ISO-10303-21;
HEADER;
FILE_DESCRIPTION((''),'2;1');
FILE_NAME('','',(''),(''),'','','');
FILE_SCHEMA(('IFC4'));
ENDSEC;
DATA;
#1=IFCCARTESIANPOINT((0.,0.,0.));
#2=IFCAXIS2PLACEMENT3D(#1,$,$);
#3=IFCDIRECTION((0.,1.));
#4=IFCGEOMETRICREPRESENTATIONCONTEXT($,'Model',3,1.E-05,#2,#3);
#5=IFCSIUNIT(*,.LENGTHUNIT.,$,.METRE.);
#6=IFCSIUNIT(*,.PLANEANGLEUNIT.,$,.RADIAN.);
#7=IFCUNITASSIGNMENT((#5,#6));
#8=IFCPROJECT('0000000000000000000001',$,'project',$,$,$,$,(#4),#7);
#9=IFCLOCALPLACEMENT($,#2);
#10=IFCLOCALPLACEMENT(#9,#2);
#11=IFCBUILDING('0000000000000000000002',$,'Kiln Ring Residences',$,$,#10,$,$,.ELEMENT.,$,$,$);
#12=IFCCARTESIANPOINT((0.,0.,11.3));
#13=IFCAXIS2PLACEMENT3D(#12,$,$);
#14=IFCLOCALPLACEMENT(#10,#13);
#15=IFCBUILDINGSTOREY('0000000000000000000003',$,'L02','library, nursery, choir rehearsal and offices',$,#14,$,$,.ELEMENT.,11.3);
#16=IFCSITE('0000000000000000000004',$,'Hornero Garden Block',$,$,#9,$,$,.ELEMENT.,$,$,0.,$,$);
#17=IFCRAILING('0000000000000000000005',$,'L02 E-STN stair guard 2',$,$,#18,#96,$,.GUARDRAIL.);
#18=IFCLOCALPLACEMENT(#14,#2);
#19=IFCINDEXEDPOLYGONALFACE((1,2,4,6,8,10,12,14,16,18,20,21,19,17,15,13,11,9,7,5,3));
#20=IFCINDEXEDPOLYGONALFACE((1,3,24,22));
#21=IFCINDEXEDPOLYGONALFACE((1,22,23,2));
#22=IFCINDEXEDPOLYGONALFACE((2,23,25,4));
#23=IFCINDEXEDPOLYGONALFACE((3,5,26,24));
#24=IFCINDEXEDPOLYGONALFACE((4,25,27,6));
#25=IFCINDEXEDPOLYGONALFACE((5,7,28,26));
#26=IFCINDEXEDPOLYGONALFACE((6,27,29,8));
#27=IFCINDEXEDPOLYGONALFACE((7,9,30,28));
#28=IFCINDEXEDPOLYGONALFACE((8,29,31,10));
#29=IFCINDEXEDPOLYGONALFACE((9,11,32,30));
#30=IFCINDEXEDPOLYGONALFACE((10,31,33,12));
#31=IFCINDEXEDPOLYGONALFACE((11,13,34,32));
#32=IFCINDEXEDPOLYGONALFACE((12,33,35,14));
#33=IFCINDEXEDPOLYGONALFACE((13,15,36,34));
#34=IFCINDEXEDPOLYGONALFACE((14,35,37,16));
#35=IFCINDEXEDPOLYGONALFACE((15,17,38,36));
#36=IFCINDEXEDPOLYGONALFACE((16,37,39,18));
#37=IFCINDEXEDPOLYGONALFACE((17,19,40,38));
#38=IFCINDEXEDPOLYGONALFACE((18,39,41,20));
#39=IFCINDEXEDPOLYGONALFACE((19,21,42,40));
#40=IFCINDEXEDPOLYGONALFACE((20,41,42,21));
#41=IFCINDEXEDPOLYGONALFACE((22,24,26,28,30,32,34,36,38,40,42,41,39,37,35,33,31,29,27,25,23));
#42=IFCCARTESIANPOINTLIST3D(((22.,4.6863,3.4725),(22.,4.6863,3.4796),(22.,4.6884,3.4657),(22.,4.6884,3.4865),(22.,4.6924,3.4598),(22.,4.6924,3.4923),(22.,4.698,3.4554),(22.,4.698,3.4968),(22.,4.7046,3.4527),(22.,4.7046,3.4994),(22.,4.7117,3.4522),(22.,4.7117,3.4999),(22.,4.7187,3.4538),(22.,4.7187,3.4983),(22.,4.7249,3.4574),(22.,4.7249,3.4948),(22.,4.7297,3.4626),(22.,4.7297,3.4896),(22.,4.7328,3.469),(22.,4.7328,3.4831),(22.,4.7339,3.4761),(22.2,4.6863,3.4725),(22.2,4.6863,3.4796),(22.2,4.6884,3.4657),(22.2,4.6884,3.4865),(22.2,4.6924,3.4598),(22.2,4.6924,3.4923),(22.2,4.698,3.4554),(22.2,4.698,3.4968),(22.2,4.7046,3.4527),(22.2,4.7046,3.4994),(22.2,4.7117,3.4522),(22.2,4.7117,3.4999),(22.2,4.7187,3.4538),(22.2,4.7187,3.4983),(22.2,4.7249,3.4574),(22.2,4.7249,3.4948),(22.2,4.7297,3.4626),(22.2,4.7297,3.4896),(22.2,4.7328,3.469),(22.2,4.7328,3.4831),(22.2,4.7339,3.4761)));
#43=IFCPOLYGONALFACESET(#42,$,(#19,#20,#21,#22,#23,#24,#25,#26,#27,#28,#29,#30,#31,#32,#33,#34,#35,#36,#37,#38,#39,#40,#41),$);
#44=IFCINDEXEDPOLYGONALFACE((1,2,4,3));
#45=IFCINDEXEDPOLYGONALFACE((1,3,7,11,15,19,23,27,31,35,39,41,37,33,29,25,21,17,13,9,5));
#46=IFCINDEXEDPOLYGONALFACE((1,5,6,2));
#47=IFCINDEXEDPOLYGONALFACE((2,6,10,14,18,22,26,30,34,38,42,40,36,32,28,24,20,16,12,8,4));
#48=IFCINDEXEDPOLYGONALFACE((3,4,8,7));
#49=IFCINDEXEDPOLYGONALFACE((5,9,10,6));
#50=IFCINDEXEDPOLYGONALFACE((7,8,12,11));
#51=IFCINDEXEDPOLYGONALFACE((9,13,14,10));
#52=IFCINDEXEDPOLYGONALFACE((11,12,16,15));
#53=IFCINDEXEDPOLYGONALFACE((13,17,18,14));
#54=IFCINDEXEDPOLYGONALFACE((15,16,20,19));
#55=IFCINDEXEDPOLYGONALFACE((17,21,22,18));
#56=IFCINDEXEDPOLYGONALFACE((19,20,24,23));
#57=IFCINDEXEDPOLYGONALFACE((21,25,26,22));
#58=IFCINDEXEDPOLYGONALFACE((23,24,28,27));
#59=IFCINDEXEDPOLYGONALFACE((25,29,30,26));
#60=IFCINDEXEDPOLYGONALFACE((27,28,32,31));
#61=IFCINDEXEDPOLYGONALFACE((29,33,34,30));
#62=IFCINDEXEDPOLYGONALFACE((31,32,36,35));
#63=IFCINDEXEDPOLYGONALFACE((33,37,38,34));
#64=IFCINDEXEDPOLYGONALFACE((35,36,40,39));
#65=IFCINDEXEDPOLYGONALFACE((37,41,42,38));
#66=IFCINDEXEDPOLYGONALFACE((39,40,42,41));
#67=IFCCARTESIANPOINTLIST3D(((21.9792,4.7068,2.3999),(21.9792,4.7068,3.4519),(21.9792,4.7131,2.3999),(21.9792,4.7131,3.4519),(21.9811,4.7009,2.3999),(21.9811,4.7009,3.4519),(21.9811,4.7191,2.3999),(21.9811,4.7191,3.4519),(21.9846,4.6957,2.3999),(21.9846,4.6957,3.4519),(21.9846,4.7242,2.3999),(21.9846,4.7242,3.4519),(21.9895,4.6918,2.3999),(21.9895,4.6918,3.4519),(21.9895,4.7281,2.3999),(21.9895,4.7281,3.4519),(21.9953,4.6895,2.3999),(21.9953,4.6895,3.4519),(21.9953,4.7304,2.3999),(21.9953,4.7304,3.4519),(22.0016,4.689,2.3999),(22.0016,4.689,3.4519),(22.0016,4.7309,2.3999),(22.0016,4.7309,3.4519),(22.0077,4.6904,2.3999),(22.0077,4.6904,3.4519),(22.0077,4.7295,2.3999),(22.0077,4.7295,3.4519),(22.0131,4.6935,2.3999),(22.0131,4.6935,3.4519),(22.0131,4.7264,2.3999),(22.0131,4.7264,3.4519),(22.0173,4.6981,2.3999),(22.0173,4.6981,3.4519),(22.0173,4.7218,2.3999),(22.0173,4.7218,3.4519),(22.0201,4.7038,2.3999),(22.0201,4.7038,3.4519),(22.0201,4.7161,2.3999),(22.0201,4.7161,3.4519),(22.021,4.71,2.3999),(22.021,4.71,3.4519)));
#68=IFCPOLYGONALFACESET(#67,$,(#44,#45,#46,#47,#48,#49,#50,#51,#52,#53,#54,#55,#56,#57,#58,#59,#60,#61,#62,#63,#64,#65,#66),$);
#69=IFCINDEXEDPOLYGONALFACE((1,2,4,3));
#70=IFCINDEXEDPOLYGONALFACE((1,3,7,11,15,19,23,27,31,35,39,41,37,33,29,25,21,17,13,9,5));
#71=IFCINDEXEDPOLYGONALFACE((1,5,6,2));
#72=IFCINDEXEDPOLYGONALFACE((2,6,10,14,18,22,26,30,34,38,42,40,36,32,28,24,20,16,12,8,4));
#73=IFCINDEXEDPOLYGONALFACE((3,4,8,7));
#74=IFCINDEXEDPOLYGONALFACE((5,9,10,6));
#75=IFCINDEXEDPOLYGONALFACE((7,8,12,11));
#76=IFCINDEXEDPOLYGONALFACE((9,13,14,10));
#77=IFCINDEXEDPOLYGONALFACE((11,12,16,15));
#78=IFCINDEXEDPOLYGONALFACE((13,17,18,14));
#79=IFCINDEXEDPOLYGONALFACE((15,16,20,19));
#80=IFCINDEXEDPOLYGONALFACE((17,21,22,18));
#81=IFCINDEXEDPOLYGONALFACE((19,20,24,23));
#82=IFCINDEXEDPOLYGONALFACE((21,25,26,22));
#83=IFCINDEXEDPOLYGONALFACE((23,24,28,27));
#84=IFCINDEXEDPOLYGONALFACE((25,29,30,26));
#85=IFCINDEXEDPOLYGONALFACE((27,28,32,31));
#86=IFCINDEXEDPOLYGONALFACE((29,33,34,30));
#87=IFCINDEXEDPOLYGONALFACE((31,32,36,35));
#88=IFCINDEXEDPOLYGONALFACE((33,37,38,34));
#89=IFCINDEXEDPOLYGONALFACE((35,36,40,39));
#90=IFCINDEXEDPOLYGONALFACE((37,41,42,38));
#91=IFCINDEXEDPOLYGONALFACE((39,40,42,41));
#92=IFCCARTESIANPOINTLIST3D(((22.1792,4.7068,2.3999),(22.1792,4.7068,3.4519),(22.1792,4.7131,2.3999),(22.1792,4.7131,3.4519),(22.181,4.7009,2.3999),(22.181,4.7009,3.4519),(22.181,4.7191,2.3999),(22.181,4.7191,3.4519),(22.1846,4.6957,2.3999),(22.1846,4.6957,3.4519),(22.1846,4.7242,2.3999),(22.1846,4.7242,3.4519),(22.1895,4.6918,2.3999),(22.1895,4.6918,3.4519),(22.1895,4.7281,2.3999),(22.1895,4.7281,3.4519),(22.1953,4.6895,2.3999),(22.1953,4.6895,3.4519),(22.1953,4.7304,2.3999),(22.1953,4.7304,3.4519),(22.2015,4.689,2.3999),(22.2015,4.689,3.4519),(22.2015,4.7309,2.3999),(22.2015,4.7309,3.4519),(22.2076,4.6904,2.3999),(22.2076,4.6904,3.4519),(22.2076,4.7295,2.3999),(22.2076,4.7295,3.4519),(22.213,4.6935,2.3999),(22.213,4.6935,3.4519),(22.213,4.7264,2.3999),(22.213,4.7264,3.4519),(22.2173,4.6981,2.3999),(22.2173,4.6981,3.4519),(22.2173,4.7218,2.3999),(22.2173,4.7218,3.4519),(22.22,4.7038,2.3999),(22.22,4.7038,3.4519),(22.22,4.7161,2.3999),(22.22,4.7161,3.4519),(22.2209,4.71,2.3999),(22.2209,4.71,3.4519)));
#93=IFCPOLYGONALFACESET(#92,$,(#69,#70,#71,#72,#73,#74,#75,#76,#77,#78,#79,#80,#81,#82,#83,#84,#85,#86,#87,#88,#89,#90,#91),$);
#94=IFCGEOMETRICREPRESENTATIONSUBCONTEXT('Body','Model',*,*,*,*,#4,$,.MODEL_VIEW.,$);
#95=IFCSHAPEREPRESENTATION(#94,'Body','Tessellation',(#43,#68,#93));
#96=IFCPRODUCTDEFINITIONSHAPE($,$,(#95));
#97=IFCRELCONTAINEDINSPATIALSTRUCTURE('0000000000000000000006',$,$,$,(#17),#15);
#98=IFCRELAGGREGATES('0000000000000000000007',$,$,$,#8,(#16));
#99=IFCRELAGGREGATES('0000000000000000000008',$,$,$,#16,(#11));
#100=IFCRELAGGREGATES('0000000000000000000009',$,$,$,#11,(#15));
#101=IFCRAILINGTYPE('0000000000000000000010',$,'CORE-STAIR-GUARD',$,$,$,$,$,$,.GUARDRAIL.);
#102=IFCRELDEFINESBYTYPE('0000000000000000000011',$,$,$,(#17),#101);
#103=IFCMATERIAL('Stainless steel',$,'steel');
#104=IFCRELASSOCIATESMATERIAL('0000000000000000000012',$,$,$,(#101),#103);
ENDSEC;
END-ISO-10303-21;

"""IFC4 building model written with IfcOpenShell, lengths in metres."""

from ifc_helpers import new_model, si_unit, direction, frame, origin, origin_2d, place, context, subcontext, project, spatial, circle, extrude, material, type_object, element, save


model = new_model("IFC4")

# Units and contexts
model_context = context("Model", 3, precision=1e-05, world=origin(), true_north=direction((0.0, 1.0)))
body_context = subcontext(model_context, "Body", "Model", "MODEL_VIEW")
ifc_project = project(units=[si_unit("LENGTHUNIT", "METRE"), si_unit("PLANEANGLEUNIT", "RADIAN")], contexts=[model_context])

# Site, building, storey
site_placement = place(None, origin())
site = spatial("IfcSite", under=ifc_project, at=site_placement, Name="Hornero Garden Block", CompositionType="ELEMENT", RefElevation=0.0)
building_placement = place(site_placement, origin())
building = spatial("IfcBuilding", under=site, at=building_placement, Name="Kiln Ring Residences", CompositionType="ELEMENT")
storey_placement = place(building_placement, frame((0.0, 0.0, 11.3)))
storey = spatial("IfcBuildingStorey", under=building, at=storey_placement, Name="L02", Description="library, nursery, choir rehearsal and offices", CompositionType="ELEMENT", Elevation=11.3)

# Railing
ifc_material_1 = material(Name="Stainless steel", Category="steel")
railing_type_1 = type_object("IfcRailingType", Name="CORE-STAIR-GUARD", PredefinedType="GUARDRAIL", material=ifc_material_1)
railing_1_placement = place(storey_placement, frame((22.0, 4.71, 2.3999)))
element("IfcRailing", 1, at=railing_1_placement, inside=storey, type_object=railing_type_1, Name="L02 E-STN stair guard 2", PredefinedType="GUARDRAIL", context=body_context, shape_type="SweptSolid", body=[
    extrude(circle(Radius=0.0239, at=origin_2d()), frame((0.0, 0.0, 1.0762), z_axis=(1.0, 0.0, 0.0), x_axis=(0.0, 1.0, 0.0)), (0.0, 0.0, 1.0), 0.2),
    extrude(circle(Radius=0.021, at=origin_2d()), origin(), (0.0, 0.0, 1.0), 1.052),
    extrude(circle(Radius=0.021, at=origin_2d()), frame((0.2, 0.0, 0.0)), (0.0, 0.0, 1.0), 1.052),
])

save(model, "model.ifc")
